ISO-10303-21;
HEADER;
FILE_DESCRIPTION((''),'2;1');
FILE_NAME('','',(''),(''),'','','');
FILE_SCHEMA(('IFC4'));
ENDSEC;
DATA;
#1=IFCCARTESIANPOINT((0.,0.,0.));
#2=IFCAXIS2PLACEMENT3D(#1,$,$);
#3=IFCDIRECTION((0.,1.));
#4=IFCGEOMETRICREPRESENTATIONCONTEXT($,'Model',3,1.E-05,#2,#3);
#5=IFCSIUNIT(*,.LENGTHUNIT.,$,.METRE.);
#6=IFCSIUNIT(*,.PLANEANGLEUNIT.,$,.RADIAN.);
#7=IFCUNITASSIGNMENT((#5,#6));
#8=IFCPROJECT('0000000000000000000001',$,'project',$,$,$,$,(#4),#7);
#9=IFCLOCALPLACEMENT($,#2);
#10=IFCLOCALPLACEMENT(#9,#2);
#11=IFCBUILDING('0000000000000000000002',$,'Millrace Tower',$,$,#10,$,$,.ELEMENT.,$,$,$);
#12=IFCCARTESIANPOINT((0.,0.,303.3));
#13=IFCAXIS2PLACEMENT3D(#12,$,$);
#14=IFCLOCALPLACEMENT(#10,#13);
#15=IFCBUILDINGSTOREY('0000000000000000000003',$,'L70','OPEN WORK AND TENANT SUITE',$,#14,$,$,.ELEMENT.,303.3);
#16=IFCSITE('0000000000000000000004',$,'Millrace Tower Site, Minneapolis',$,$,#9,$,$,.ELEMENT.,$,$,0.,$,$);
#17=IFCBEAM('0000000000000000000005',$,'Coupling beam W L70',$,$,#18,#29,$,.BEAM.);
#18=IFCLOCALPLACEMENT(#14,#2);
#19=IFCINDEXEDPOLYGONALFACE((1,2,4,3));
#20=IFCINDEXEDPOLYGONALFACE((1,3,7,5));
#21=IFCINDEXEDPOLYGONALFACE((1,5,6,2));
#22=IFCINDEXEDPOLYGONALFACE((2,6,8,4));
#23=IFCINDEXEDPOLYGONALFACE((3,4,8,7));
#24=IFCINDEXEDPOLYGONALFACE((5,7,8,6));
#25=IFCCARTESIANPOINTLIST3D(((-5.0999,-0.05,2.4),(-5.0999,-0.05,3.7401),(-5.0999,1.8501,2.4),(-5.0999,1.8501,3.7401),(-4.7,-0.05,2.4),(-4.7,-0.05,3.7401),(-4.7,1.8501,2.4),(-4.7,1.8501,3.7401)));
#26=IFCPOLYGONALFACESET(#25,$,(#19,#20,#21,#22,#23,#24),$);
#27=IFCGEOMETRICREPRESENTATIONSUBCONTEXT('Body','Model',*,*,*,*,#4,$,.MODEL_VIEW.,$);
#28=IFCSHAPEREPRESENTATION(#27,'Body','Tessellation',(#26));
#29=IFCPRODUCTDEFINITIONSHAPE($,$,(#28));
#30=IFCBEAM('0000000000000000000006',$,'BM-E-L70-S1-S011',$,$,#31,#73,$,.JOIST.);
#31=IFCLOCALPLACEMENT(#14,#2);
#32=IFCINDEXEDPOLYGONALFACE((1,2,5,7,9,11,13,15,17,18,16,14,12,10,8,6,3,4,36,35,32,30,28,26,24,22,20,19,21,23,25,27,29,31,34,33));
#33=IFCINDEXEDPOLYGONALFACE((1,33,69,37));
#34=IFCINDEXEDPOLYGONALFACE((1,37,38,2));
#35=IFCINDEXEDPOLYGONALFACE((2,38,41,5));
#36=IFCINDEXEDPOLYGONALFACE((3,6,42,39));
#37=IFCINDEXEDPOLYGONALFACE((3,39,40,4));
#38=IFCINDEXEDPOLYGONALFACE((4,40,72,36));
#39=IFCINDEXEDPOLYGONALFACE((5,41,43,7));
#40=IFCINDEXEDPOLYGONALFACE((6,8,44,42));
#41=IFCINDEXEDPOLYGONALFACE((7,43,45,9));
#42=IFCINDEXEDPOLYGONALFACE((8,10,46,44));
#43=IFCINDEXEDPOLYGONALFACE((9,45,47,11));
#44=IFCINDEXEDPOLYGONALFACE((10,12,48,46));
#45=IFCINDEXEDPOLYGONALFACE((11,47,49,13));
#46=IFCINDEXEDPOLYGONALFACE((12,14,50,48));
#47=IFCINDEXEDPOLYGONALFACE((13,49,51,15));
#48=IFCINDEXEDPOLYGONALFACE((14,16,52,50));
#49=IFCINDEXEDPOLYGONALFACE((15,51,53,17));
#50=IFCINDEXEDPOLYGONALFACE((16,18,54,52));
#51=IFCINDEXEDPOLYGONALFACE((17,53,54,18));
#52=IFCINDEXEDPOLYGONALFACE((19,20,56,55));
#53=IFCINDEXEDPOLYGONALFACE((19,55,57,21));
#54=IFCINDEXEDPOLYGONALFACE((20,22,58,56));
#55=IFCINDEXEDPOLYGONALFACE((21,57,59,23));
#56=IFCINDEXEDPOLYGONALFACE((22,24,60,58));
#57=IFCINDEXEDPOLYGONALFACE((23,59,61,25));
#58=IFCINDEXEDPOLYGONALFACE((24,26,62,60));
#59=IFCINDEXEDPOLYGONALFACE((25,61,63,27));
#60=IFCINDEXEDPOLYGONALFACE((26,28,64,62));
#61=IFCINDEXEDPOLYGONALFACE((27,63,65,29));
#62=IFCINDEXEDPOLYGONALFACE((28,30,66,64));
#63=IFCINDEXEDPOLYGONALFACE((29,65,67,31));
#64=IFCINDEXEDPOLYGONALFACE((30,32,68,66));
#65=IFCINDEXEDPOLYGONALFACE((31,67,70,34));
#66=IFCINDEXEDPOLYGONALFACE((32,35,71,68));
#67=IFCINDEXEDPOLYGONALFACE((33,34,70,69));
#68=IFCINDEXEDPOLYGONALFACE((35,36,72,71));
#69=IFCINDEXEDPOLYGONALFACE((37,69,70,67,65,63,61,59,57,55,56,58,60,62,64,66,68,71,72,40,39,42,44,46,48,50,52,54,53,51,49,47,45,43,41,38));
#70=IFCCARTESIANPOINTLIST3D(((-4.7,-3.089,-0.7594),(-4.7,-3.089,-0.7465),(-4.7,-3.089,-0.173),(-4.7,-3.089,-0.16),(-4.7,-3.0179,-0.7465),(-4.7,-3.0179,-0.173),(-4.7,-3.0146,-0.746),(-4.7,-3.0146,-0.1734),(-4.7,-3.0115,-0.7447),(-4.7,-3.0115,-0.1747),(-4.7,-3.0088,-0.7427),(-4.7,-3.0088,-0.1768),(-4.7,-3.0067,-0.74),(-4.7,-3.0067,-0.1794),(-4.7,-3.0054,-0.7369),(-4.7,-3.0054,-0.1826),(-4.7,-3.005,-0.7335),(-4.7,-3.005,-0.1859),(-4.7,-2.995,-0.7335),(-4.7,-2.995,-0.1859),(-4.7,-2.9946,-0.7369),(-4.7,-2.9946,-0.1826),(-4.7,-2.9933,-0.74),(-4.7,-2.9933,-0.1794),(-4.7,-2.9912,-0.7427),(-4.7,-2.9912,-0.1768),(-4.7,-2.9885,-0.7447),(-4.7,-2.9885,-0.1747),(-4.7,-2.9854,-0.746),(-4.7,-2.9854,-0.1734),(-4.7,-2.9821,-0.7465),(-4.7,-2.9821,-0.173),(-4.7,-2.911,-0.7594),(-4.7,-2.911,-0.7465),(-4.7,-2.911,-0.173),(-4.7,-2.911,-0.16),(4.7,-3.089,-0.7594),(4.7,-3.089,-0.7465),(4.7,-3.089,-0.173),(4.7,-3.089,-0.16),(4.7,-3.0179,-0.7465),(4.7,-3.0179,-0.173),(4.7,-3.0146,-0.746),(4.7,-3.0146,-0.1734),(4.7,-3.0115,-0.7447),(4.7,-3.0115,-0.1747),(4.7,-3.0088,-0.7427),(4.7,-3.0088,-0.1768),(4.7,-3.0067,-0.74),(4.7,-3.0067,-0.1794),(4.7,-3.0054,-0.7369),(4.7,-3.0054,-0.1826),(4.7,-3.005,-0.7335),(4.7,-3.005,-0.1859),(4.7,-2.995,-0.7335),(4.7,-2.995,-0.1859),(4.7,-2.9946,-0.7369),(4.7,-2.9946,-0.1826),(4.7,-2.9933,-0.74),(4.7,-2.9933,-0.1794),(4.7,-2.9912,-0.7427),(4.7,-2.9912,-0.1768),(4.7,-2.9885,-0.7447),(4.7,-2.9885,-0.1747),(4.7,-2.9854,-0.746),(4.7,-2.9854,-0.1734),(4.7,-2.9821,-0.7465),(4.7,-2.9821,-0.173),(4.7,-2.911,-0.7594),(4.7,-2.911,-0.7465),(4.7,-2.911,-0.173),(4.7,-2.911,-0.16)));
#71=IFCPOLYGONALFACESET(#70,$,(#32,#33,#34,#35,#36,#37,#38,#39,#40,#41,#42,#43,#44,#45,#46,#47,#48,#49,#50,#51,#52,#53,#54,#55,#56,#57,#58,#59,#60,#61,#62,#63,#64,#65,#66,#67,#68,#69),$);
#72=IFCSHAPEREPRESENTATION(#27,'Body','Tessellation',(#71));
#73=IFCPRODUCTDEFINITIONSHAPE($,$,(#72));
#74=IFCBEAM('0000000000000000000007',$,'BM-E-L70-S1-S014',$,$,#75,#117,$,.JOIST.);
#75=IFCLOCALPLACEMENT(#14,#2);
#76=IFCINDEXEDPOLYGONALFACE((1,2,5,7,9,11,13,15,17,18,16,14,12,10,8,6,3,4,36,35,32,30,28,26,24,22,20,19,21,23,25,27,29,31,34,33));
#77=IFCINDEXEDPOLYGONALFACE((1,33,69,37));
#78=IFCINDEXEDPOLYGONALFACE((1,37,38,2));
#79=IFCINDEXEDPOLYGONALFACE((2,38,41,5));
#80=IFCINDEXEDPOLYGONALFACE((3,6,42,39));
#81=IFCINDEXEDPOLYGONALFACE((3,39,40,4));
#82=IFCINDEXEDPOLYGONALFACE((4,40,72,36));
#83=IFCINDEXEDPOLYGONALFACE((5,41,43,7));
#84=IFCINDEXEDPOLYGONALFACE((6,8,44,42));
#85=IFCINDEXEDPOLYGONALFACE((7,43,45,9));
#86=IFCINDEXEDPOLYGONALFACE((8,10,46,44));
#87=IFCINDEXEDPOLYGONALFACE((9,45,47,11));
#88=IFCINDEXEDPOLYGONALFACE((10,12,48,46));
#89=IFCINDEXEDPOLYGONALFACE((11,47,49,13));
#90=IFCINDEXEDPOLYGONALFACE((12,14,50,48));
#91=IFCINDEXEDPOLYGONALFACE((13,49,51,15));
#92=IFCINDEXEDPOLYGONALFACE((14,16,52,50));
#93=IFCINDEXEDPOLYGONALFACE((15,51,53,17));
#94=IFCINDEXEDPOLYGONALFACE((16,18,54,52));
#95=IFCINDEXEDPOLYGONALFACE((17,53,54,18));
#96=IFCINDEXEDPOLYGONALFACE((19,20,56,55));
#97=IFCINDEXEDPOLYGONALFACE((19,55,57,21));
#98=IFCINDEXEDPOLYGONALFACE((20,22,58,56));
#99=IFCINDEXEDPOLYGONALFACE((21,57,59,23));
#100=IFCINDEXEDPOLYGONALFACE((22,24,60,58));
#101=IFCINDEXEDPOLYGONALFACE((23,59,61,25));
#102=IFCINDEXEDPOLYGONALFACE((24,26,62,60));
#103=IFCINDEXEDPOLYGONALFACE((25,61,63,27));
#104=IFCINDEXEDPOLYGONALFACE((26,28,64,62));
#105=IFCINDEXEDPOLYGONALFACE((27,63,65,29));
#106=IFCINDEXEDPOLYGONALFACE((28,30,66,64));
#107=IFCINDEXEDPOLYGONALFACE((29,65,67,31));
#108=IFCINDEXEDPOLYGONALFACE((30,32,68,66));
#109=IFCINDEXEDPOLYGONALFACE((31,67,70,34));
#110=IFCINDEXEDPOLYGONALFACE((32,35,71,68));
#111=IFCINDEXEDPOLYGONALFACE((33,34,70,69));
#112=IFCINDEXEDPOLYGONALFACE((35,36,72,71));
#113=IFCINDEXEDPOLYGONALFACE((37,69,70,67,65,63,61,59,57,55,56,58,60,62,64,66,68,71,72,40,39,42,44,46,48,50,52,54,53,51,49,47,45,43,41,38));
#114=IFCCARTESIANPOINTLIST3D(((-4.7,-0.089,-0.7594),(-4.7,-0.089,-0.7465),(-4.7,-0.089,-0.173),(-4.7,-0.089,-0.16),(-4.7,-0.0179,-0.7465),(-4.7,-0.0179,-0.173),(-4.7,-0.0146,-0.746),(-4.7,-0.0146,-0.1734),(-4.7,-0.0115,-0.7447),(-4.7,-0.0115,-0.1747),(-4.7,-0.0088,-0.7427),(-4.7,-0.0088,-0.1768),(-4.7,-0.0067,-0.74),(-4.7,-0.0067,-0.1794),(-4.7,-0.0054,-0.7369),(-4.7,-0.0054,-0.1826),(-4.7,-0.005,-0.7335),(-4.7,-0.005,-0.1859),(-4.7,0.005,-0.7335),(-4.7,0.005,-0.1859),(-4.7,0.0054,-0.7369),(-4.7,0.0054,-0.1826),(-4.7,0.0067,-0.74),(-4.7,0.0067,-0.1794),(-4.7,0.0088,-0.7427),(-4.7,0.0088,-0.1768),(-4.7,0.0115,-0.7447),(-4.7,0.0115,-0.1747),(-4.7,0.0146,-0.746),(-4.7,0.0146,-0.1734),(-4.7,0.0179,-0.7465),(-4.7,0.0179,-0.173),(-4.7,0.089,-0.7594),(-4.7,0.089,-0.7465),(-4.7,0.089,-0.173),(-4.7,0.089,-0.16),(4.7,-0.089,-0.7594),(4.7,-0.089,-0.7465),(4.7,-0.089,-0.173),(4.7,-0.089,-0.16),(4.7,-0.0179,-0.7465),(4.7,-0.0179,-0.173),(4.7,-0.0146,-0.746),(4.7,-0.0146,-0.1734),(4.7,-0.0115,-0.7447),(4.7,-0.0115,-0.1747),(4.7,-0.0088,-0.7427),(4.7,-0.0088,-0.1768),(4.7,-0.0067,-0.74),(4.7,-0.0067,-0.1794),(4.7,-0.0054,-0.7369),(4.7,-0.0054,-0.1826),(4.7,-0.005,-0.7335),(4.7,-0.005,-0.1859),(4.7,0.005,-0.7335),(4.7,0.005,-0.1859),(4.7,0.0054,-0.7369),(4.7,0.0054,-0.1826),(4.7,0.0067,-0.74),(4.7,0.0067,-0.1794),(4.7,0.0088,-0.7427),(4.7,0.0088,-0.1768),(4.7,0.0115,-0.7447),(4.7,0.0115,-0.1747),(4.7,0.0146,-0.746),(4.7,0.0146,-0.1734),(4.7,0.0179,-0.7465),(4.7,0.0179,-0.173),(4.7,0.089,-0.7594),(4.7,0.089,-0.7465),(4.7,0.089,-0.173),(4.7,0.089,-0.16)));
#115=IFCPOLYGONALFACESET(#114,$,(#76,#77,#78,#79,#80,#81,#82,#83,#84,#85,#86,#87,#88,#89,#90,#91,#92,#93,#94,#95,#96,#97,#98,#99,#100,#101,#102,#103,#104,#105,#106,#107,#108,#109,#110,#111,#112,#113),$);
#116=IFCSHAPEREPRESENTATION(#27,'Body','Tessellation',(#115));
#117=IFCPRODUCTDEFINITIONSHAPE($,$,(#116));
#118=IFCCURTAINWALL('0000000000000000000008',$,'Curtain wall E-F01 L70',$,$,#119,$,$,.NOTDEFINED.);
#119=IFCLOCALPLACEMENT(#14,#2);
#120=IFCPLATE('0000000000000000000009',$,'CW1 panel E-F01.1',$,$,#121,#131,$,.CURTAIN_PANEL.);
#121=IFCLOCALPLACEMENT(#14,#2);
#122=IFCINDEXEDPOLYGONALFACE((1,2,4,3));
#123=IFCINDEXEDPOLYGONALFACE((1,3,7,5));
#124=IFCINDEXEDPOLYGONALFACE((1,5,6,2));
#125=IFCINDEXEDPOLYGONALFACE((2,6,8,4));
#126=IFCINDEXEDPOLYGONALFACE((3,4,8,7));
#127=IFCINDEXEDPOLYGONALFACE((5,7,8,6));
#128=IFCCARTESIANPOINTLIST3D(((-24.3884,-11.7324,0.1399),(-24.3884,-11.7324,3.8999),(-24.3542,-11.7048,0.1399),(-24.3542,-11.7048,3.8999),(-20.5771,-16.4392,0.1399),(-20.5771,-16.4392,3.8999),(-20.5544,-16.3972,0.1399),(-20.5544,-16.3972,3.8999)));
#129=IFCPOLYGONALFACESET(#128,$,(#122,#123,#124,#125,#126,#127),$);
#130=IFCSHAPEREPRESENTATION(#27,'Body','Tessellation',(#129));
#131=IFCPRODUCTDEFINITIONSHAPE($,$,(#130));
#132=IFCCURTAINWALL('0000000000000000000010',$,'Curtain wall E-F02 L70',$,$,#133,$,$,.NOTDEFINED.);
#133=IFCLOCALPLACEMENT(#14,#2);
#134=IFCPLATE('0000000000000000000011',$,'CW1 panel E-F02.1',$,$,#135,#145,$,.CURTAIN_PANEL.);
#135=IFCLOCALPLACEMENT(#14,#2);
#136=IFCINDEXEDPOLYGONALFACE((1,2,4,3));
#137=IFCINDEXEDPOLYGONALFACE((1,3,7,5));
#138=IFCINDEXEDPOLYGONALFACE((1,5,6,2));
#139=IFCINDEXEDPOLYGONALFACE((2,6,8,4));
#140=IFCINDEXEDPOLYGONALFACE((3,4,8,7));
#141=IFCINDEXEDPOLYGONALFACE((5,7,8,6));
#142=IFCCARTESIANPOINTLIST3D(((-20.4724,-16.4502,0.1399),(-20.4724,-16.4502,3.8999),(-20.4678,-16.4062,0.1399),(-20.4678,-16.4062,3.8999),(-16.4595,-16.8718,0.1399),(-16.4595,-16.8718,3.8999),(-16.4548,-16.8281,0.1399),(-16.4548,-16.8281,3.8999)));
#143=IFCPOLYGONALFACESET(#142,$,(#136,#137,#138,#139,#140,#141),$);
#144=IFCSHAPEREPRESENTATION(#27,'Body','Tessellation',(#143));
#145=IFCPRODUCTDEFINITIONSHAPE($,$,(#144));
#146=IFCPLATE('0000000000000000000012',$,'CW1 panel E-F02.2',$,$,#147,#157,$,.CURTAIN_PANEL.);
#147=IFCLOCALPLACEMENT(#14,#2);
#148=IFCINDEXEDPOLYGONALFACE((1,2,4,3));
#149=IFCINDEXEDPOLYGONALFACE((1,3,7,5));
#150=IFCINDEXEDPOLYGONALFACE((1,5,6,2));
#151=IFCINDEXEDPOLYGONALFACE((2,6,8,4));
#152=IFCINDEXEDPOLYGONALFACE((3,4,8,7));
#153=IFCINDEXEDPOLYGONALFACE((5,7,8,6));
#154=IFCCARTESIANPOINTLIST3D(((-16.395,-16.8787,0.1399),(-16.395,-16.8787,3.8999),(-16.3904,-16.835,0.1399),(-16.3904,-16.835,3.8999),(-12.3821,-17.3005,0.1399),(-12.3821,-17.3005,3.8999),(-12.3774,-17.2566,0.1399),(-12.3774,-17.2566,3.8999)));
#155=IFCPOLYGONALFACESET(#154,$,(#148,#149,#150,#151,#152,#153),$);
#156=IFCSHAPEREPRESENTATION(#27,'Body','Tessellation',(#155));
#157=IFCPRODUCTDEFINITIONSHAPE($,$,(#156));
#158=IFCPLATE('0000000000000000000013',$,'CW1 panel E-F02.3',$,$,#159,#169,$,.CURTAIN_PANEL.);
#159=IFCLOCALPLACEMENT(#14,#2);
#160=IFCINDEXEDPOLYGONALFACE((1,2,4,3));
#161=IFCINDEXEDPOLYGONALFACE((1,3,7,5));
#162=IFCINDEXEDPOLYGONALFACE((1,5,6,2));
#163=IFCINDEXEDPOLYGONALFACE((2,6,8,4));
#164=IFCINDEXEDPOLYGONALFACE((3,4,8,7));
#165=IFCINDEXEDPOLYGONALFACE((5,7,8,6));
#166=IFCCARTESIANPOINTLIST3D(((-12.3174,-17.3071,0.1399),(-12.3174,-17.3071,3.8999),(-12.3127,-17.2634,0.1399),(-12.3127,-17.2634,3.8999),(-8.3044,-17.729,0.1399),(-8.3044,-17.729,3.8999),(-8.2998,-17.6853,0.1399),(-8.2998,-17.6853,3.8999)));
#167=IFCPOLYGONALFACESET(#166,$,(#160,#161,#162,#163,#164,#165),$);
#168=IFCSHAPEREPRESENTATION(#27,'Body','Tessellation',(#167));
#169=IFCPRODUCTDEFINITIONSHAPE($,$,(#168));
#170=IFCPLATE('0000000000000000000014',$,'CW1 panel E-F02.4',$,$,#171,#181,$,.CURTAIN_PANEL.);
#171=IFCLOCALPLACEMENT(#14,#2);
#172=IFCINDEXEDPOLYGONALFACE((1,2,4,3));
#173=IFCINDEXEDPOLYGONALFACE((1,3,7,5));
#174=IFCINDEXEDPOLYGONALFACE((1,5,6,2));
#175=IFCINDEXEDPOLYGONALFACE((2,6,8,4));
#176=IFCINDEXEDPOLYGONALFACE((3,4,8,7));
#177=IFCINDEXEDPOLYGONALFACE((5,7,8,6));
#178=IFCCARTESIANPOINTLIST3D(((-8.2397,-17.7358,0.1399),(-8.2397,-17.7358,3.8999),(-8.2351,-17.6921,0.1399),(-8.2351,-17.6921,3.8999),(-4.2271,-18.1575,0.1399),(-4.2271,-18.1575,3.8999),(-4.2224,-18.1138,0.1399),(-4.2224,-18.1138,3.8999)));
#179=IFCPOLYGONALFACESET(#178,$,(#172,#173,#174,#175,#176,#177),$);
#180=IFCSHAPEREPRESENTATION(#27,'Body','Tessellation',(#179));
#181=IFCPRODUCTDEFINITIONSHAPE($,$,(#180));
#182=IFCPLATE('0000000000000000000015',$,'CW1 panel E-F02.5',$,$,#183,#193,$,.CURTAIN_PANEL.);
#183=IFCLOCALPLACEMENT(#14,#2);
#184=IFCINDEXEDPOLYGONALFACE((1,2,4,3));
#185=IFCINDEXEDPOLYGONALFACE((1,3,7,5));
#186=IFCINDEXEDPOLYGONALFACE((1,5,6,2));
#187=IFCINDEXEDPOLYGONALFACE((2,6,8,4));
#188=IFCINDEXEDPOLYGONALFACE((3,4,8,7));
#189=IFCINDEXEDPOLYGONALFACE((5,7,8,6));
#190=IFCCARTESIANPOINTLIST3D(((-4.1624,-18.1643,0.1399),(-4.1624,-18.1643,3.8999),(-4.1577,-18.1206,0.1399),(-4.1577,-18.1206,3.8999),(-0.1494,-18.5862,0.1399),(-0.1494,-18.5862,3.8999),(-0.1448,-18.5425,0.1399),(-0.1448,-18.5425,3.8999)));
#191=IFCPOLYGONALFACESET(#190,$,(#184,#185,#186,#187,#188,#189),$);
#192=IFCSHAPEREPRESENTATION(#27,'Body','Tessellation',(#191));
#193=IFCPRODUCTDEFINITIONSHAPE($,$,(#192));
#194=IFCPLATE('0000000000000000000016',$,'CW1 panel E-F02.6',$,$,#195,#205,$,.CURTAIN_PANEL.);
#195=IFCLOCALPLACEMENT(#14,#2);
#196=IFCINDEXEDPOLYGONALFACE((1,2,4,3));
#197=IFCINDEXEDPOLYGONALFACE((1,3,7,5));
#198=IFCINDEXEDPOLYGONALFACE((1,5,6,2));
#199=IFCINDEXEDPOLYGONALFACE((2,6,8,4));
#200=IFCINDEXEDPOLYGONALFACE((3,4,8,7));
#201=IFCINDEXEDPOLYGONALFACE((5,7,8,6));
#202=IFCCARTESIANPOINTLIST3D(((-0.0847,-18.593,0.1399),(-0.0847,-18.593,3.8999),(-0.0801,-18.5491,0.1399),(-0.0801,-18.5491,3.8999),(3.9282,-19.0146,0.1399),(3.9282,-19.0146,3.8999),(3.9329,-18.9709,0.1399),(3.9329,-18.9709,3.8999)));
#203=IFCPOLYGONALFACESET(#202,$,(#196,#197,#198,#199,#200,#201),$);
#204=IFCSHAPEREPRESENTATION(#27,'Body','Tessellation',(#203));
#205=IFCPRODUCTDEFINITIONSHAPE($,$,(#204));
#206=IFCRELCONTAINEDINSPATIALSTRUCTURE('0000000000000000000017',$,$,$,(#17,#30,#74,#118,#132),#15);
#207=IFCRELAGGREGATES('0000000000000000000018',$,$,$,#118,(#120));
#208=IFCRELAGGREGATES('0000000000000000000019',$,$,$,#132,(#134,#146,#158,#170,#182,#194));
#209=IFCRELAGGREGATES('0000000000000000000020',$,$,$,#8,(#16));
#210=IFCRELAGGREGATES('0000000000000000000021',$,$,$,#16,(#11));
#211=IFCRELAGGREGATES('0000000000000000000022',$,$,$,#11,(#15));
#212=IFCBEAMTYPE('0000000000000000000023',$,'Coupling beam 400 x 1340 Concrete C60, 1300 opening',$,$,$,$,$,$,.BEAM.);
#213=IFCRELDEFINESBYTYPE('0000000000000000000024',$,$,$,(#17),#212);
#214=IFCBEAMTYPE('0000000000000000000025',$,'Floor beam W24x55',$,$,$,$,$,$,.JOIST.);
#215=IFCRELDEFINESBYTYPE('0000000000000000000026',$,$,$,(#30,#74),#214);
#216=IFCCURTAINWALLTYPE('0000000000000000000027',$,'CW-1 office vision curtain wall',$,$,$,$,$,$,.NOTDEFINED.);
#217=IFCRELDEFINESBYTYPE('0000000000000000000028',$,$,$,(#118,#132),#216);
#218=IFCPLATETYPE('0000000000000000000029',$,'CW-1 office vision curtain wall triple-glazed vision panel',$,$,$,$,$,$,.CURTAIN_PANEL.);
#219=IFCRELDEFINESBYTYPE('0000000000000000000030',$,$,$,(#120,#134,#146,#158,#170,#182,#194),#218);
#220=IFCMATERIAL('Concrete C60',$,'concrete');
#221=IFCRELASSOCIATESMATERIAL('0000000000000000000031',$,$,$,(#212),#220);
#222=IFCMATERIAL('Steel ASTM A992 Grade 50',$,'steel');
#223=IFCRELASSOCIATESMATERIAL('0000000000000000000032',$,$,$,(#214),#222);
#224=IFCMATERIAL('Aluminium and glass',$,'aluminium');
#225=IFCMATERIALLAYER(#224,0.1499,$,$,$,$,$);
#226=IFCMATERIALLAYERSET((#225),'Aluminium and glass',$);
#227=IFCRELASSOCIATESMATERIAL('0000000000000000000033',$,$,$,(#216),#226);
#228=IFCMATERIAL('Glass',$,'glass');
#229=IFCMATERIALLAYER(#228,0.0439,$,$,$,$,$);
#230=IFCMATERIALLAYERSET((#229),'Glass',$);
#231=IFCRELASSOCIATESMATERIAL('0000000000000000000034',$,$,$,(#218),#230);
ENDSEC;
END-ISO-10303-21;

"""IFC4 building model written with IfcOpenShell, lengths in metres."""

from ifc_helpers import new_model, si_unit, direction, frame, origin, origin_2d, place, context, subcontext, project, spatial, polyline, rectangle, i_section, outline, extrude, material, layer, layer_set, material_profile, profile_set, type_object, element, aggregate, save


model = new_model("IFC4")

# Units and contexts
model_context = context("Model", 3, precision=1e-05, world=origin(), true_north=direction((0.0, 1.0)))
body_context = subcontext(model_context, "Body", "Model", "MODEL_VIEW")
ifc_project = project(units=[si_unit("LENGTHUNIT", "METRE"), si_unit("PLANEANGLEUNIT", "RADIAN")], contexts=[model_context])

# Site, building, storey
site_placement = place(None, origin())
site = spatial("IfcSite", under=ifc_project, at=site_placement, Name="Millrace Tower Site, Minneapolis", CompositionType="ELEMENT", RefElevation=0.0)
building_placement = place(site_placement, origin())
building = spatial("IfcBuilding", under=site, at=building_placement, Name="Millrace Tower", CompositionType="ELEMENT")
storey_placement = place(building_placement, frame((0.0, 0.0, 303.3)))
storey = spatial("IfcBuildingStorey", under=building, at=storey_placement, Name="L70", Description="OPEN WORK AND TENANT SUITE", CompositionType="ELEMENT", Elevation=303.3)

# Beams
ifc_material_1 = material(Name="Concrete C60", Category="concrete")
ifc_material_profile_1 = material_profile(ifc_material_1, rectangle(XDim=0.3999, YDim=1.3401, at=origin_2d()))
ifc_profile_set_1 = profile_set([ifc_material_profile_1], Name="Concrete C60")
beam_type_1 = type_object("IfcBeamType", Name="Coupling beam 400 x 1340 Concrete C60, 1300 opening", PredefinedType="BEAM", material=ifc_profile_set_1)
beam_placement = place(storey_placement, frame((-4.8999, -0.05, 3.0701), z_axis=(0.0, 1.0, 0.0), x_axis=(-1.0, 0.0, 0.0)))
element("IfcBeam", 1, at=beam_placement, inside=storey, type_object=beam_type_1, Name="Coupling beam W L70", PredefinedType="BEAM", context=body_context, shape_type="SweptSolid", body=[
    extrude(rectangle(XDim=0.3999, YDim=1.3401, at=origin_2d()), origin(), (0.0, 0.0, 1.0), 1.9001),
])
ifc_material_2 = material(Name="Steel ASTM A992 Grade 50", Category="steel")
ifc_material_profile_2 = material_profile(ifc_material_2, i_section(OverallWidth=0.178, OverallDepth=0.5994, WebThickness=0.01, FlangeThickness=0.0129, FilletRadius=0.0129, at=origin_2d()))
ifc_profile_set_2 = profile_set([ifc_material_profile_2], Name="Steel ASTM A992 Grade 50")
beam_type_2 = type_object("IfcBeamType", Name="Floor beam W24x55", PredefinedType="JOIST", material=ifc_profile_set_2)
for number, where, z_axis, x_axis, name in (
    (2, (-4.7, -3.0, -0.4597), (1.0, 0.0, 0.0), (0.0, 1.0, 0.0), "BM-E-L70-S1-S011"),
    (3, (-4.7, 0.0, -0.4597), (1.0, 0.0, 0.0), (0.0, 1.0, 0.0), "BM-E-L70-S1-S014"),
):
    element("IfcBeam", number, at=place(storey_placement, frame(where, z_axis=z_axis, x_axis=x_axis)), inside=storey, type_object=beam_type_2, Name=name, PredefinedType="JOIST", context=body_context, shape_type="SweptSolid", body=[
        extrude(i_section(OverallWidth=0.178, OverallDepth=0.5994, WebThickness=0.01, FlangeThickness=0.0129, FilletRadius=0.0129, at=origin_2d()), origin(), (0.0, 0.0, 1.0), 9.3999),
    ])

# Curtain wall, plate
ifc_material_3 = material(Name="Aluminium and glass", Category="aluminium")
ifc_layer_1 = layer(ifc_material_3, 0.1499)
ifc_layer_set_1 = layer_set([ifc_layer_1], Name="Aluminium and glass")
curtain_wall_type = type_object("IfcCurtainWallType", Name="CW-1 office vision curtain wall", PredefinedType="NOTDEFINED", material=ifc_layer_set_1)
placement_1 = place(storey_placement, origin())
curtain_wall_1 = element("IfcCurtainWall", 4, at=placement_1, inside=storey, type_object=curtain_wall_type, Name="Curtain wall E-F01 L70", PredefinedType="NOTDEFINED")
ifc_material_4 = material(Name="Glass", Category="glass")
ifc_layer_2 = layer(ifc_material_4, 0.0439)
ifc_layer_set_2 = layer_set([ifc_layer_2], Name="Glass")
plate_type = type_object("IfcPlateType", Name="CW-1 office vision curtain wall triple-glazed vision panel", PredefinedType="CURTAIN_PANEL", material=ifc_layer_set_2)
placement_2 = place(storey_placement, frame((0.0, 0.0, 0.1399)))
plate_1 = element("IfcPlate", 5, at=placement_2, type_object=plate_type, Name="CW1 panel E-F01.1", PredefinedType="CURTAIN_PANEL", context=body_context, shape_type="SweptSolid", body=[
    extrude(outline(polyline([(-24.3884, -11.7324), (-20.5771, -16.4392), (-20.5544, -16.3972), (-24.3542, -11.7048), (-24.3884, -11.7324)])), origin(), (0.0, 0.0, 1.0), 3.76),
])
aggregate(curtain_wall_1, [plate_1])

# Curtain wall, plates
curtain_wall_2 = element("IfcCurtainWall", 6, at=placement_1, inside=storey, type_object=curtain_wall_type, Name="Curtain wall E-F02 L70", PredefinedType="NOTDEFINED")
plate_2 = element("IfcPlate", 7, at=placement_2, type_object=plate_type, Name="CW1 panel E-F02.1", PredefinedType="CURTAIN_PANEL", context=body_context, shape_type="SweptSolid", body=[
    extrude(outline(polyline([(-20.4724, -16.4502), (-16.4595, -16.8718), (-16.4548, -16.8281), (-20.4678, -16.4062), (-20.4724, -16.4502)])), origin(), (0.0, 0.0, 1.0), 3.76),
])
plate_3 = element("IfcPlate", 8, at=placement_2, type_object=plate_type, Name="CW1 panel E-F02.2", PredefinedType="CURTAIN_PANEL", context=body_context, shape_type="SweptSolid", body=[
    extrude(outline(polyline([(-16.395, -16.8787), (-12.3821, -17.3005), (-12.3774, -17.2566), (-16.3904, -16.835), (-16.395, -16.8787)])), origin(), (0.0, 0.0, 1.0), 3.76),
])
plate_4 = element("IfcPlate", 9, at=placement_2, type_object=plate_type, Name="CW1 panel E-F02.3", PredefinedType="CURTAIN_PANEL", context=body_context, shape_type="SweptSolid", body=[
    extrude(outline(polyline([(-12.3174, -17.3071), (-8.3044, -17.729), (-8.2998, -17.6853), (-12.3127, -17.2634), (-12.3174, -17.3071)])), origin(), (0.0, 0.0, 1.0), 3.76),
])
plate_5 = element("IfcPlate", 10, at=placement_2, type_object=plate_type, Name="CW1 panel E-F02.4", PredefinedType="CURTAIN_PANEL", context=body_context, shape_type="SweptSolid", body=[
    extrude(outline(polyline([(-8.2397, -17.7358), (-4.2271, -18.1575), (-4.2224, -18.1138), (-8.2351, -17.6921), (-8.2397, -17.7358)])), origin(), (0.0, 0.0, 1.0), 3.76),
])
plate_6 = element("IfcPlate", 11, at=placement_2, type_object=plate_type, Name="CW1 panel E-F02.5", PredefinedType="CURTAIN_PANEL", context=body_context, shape_type="SweptSolid", body=[
    extrude(outline(polyline([(-4.1624, -18.1643), (-0.1494, -18.5862), (-0.1448, -18.5425), (-4.1577, -18.1206), (-4.1624, -18.1643)])), origin(), (0.0, 0.0, 1.0), 3.76),
])
plate_7 = element("IfcPlate", 12, at=placement_2, type_object=plate_type, Name="CW1 panel E-F02.6", PredefinedType="CURTAIN_PANEL", context=body_context, shape_type="SweptSolid", body=[
    extrude(outline(polyline([(-0.0847, -18.593), (3.9282, -19.0146), (3.9329, -18.9709), (-0.0801, -18.5491), (-0.0847, -18.593)])), origin(), (0.0, 0.0, 1.0), 3.76),
])
aggregate(curtain_wall_2, [plate_2, plate_3, plate_4, plate_5, plate_6, plate_7])

save(model, "model.ifc")
